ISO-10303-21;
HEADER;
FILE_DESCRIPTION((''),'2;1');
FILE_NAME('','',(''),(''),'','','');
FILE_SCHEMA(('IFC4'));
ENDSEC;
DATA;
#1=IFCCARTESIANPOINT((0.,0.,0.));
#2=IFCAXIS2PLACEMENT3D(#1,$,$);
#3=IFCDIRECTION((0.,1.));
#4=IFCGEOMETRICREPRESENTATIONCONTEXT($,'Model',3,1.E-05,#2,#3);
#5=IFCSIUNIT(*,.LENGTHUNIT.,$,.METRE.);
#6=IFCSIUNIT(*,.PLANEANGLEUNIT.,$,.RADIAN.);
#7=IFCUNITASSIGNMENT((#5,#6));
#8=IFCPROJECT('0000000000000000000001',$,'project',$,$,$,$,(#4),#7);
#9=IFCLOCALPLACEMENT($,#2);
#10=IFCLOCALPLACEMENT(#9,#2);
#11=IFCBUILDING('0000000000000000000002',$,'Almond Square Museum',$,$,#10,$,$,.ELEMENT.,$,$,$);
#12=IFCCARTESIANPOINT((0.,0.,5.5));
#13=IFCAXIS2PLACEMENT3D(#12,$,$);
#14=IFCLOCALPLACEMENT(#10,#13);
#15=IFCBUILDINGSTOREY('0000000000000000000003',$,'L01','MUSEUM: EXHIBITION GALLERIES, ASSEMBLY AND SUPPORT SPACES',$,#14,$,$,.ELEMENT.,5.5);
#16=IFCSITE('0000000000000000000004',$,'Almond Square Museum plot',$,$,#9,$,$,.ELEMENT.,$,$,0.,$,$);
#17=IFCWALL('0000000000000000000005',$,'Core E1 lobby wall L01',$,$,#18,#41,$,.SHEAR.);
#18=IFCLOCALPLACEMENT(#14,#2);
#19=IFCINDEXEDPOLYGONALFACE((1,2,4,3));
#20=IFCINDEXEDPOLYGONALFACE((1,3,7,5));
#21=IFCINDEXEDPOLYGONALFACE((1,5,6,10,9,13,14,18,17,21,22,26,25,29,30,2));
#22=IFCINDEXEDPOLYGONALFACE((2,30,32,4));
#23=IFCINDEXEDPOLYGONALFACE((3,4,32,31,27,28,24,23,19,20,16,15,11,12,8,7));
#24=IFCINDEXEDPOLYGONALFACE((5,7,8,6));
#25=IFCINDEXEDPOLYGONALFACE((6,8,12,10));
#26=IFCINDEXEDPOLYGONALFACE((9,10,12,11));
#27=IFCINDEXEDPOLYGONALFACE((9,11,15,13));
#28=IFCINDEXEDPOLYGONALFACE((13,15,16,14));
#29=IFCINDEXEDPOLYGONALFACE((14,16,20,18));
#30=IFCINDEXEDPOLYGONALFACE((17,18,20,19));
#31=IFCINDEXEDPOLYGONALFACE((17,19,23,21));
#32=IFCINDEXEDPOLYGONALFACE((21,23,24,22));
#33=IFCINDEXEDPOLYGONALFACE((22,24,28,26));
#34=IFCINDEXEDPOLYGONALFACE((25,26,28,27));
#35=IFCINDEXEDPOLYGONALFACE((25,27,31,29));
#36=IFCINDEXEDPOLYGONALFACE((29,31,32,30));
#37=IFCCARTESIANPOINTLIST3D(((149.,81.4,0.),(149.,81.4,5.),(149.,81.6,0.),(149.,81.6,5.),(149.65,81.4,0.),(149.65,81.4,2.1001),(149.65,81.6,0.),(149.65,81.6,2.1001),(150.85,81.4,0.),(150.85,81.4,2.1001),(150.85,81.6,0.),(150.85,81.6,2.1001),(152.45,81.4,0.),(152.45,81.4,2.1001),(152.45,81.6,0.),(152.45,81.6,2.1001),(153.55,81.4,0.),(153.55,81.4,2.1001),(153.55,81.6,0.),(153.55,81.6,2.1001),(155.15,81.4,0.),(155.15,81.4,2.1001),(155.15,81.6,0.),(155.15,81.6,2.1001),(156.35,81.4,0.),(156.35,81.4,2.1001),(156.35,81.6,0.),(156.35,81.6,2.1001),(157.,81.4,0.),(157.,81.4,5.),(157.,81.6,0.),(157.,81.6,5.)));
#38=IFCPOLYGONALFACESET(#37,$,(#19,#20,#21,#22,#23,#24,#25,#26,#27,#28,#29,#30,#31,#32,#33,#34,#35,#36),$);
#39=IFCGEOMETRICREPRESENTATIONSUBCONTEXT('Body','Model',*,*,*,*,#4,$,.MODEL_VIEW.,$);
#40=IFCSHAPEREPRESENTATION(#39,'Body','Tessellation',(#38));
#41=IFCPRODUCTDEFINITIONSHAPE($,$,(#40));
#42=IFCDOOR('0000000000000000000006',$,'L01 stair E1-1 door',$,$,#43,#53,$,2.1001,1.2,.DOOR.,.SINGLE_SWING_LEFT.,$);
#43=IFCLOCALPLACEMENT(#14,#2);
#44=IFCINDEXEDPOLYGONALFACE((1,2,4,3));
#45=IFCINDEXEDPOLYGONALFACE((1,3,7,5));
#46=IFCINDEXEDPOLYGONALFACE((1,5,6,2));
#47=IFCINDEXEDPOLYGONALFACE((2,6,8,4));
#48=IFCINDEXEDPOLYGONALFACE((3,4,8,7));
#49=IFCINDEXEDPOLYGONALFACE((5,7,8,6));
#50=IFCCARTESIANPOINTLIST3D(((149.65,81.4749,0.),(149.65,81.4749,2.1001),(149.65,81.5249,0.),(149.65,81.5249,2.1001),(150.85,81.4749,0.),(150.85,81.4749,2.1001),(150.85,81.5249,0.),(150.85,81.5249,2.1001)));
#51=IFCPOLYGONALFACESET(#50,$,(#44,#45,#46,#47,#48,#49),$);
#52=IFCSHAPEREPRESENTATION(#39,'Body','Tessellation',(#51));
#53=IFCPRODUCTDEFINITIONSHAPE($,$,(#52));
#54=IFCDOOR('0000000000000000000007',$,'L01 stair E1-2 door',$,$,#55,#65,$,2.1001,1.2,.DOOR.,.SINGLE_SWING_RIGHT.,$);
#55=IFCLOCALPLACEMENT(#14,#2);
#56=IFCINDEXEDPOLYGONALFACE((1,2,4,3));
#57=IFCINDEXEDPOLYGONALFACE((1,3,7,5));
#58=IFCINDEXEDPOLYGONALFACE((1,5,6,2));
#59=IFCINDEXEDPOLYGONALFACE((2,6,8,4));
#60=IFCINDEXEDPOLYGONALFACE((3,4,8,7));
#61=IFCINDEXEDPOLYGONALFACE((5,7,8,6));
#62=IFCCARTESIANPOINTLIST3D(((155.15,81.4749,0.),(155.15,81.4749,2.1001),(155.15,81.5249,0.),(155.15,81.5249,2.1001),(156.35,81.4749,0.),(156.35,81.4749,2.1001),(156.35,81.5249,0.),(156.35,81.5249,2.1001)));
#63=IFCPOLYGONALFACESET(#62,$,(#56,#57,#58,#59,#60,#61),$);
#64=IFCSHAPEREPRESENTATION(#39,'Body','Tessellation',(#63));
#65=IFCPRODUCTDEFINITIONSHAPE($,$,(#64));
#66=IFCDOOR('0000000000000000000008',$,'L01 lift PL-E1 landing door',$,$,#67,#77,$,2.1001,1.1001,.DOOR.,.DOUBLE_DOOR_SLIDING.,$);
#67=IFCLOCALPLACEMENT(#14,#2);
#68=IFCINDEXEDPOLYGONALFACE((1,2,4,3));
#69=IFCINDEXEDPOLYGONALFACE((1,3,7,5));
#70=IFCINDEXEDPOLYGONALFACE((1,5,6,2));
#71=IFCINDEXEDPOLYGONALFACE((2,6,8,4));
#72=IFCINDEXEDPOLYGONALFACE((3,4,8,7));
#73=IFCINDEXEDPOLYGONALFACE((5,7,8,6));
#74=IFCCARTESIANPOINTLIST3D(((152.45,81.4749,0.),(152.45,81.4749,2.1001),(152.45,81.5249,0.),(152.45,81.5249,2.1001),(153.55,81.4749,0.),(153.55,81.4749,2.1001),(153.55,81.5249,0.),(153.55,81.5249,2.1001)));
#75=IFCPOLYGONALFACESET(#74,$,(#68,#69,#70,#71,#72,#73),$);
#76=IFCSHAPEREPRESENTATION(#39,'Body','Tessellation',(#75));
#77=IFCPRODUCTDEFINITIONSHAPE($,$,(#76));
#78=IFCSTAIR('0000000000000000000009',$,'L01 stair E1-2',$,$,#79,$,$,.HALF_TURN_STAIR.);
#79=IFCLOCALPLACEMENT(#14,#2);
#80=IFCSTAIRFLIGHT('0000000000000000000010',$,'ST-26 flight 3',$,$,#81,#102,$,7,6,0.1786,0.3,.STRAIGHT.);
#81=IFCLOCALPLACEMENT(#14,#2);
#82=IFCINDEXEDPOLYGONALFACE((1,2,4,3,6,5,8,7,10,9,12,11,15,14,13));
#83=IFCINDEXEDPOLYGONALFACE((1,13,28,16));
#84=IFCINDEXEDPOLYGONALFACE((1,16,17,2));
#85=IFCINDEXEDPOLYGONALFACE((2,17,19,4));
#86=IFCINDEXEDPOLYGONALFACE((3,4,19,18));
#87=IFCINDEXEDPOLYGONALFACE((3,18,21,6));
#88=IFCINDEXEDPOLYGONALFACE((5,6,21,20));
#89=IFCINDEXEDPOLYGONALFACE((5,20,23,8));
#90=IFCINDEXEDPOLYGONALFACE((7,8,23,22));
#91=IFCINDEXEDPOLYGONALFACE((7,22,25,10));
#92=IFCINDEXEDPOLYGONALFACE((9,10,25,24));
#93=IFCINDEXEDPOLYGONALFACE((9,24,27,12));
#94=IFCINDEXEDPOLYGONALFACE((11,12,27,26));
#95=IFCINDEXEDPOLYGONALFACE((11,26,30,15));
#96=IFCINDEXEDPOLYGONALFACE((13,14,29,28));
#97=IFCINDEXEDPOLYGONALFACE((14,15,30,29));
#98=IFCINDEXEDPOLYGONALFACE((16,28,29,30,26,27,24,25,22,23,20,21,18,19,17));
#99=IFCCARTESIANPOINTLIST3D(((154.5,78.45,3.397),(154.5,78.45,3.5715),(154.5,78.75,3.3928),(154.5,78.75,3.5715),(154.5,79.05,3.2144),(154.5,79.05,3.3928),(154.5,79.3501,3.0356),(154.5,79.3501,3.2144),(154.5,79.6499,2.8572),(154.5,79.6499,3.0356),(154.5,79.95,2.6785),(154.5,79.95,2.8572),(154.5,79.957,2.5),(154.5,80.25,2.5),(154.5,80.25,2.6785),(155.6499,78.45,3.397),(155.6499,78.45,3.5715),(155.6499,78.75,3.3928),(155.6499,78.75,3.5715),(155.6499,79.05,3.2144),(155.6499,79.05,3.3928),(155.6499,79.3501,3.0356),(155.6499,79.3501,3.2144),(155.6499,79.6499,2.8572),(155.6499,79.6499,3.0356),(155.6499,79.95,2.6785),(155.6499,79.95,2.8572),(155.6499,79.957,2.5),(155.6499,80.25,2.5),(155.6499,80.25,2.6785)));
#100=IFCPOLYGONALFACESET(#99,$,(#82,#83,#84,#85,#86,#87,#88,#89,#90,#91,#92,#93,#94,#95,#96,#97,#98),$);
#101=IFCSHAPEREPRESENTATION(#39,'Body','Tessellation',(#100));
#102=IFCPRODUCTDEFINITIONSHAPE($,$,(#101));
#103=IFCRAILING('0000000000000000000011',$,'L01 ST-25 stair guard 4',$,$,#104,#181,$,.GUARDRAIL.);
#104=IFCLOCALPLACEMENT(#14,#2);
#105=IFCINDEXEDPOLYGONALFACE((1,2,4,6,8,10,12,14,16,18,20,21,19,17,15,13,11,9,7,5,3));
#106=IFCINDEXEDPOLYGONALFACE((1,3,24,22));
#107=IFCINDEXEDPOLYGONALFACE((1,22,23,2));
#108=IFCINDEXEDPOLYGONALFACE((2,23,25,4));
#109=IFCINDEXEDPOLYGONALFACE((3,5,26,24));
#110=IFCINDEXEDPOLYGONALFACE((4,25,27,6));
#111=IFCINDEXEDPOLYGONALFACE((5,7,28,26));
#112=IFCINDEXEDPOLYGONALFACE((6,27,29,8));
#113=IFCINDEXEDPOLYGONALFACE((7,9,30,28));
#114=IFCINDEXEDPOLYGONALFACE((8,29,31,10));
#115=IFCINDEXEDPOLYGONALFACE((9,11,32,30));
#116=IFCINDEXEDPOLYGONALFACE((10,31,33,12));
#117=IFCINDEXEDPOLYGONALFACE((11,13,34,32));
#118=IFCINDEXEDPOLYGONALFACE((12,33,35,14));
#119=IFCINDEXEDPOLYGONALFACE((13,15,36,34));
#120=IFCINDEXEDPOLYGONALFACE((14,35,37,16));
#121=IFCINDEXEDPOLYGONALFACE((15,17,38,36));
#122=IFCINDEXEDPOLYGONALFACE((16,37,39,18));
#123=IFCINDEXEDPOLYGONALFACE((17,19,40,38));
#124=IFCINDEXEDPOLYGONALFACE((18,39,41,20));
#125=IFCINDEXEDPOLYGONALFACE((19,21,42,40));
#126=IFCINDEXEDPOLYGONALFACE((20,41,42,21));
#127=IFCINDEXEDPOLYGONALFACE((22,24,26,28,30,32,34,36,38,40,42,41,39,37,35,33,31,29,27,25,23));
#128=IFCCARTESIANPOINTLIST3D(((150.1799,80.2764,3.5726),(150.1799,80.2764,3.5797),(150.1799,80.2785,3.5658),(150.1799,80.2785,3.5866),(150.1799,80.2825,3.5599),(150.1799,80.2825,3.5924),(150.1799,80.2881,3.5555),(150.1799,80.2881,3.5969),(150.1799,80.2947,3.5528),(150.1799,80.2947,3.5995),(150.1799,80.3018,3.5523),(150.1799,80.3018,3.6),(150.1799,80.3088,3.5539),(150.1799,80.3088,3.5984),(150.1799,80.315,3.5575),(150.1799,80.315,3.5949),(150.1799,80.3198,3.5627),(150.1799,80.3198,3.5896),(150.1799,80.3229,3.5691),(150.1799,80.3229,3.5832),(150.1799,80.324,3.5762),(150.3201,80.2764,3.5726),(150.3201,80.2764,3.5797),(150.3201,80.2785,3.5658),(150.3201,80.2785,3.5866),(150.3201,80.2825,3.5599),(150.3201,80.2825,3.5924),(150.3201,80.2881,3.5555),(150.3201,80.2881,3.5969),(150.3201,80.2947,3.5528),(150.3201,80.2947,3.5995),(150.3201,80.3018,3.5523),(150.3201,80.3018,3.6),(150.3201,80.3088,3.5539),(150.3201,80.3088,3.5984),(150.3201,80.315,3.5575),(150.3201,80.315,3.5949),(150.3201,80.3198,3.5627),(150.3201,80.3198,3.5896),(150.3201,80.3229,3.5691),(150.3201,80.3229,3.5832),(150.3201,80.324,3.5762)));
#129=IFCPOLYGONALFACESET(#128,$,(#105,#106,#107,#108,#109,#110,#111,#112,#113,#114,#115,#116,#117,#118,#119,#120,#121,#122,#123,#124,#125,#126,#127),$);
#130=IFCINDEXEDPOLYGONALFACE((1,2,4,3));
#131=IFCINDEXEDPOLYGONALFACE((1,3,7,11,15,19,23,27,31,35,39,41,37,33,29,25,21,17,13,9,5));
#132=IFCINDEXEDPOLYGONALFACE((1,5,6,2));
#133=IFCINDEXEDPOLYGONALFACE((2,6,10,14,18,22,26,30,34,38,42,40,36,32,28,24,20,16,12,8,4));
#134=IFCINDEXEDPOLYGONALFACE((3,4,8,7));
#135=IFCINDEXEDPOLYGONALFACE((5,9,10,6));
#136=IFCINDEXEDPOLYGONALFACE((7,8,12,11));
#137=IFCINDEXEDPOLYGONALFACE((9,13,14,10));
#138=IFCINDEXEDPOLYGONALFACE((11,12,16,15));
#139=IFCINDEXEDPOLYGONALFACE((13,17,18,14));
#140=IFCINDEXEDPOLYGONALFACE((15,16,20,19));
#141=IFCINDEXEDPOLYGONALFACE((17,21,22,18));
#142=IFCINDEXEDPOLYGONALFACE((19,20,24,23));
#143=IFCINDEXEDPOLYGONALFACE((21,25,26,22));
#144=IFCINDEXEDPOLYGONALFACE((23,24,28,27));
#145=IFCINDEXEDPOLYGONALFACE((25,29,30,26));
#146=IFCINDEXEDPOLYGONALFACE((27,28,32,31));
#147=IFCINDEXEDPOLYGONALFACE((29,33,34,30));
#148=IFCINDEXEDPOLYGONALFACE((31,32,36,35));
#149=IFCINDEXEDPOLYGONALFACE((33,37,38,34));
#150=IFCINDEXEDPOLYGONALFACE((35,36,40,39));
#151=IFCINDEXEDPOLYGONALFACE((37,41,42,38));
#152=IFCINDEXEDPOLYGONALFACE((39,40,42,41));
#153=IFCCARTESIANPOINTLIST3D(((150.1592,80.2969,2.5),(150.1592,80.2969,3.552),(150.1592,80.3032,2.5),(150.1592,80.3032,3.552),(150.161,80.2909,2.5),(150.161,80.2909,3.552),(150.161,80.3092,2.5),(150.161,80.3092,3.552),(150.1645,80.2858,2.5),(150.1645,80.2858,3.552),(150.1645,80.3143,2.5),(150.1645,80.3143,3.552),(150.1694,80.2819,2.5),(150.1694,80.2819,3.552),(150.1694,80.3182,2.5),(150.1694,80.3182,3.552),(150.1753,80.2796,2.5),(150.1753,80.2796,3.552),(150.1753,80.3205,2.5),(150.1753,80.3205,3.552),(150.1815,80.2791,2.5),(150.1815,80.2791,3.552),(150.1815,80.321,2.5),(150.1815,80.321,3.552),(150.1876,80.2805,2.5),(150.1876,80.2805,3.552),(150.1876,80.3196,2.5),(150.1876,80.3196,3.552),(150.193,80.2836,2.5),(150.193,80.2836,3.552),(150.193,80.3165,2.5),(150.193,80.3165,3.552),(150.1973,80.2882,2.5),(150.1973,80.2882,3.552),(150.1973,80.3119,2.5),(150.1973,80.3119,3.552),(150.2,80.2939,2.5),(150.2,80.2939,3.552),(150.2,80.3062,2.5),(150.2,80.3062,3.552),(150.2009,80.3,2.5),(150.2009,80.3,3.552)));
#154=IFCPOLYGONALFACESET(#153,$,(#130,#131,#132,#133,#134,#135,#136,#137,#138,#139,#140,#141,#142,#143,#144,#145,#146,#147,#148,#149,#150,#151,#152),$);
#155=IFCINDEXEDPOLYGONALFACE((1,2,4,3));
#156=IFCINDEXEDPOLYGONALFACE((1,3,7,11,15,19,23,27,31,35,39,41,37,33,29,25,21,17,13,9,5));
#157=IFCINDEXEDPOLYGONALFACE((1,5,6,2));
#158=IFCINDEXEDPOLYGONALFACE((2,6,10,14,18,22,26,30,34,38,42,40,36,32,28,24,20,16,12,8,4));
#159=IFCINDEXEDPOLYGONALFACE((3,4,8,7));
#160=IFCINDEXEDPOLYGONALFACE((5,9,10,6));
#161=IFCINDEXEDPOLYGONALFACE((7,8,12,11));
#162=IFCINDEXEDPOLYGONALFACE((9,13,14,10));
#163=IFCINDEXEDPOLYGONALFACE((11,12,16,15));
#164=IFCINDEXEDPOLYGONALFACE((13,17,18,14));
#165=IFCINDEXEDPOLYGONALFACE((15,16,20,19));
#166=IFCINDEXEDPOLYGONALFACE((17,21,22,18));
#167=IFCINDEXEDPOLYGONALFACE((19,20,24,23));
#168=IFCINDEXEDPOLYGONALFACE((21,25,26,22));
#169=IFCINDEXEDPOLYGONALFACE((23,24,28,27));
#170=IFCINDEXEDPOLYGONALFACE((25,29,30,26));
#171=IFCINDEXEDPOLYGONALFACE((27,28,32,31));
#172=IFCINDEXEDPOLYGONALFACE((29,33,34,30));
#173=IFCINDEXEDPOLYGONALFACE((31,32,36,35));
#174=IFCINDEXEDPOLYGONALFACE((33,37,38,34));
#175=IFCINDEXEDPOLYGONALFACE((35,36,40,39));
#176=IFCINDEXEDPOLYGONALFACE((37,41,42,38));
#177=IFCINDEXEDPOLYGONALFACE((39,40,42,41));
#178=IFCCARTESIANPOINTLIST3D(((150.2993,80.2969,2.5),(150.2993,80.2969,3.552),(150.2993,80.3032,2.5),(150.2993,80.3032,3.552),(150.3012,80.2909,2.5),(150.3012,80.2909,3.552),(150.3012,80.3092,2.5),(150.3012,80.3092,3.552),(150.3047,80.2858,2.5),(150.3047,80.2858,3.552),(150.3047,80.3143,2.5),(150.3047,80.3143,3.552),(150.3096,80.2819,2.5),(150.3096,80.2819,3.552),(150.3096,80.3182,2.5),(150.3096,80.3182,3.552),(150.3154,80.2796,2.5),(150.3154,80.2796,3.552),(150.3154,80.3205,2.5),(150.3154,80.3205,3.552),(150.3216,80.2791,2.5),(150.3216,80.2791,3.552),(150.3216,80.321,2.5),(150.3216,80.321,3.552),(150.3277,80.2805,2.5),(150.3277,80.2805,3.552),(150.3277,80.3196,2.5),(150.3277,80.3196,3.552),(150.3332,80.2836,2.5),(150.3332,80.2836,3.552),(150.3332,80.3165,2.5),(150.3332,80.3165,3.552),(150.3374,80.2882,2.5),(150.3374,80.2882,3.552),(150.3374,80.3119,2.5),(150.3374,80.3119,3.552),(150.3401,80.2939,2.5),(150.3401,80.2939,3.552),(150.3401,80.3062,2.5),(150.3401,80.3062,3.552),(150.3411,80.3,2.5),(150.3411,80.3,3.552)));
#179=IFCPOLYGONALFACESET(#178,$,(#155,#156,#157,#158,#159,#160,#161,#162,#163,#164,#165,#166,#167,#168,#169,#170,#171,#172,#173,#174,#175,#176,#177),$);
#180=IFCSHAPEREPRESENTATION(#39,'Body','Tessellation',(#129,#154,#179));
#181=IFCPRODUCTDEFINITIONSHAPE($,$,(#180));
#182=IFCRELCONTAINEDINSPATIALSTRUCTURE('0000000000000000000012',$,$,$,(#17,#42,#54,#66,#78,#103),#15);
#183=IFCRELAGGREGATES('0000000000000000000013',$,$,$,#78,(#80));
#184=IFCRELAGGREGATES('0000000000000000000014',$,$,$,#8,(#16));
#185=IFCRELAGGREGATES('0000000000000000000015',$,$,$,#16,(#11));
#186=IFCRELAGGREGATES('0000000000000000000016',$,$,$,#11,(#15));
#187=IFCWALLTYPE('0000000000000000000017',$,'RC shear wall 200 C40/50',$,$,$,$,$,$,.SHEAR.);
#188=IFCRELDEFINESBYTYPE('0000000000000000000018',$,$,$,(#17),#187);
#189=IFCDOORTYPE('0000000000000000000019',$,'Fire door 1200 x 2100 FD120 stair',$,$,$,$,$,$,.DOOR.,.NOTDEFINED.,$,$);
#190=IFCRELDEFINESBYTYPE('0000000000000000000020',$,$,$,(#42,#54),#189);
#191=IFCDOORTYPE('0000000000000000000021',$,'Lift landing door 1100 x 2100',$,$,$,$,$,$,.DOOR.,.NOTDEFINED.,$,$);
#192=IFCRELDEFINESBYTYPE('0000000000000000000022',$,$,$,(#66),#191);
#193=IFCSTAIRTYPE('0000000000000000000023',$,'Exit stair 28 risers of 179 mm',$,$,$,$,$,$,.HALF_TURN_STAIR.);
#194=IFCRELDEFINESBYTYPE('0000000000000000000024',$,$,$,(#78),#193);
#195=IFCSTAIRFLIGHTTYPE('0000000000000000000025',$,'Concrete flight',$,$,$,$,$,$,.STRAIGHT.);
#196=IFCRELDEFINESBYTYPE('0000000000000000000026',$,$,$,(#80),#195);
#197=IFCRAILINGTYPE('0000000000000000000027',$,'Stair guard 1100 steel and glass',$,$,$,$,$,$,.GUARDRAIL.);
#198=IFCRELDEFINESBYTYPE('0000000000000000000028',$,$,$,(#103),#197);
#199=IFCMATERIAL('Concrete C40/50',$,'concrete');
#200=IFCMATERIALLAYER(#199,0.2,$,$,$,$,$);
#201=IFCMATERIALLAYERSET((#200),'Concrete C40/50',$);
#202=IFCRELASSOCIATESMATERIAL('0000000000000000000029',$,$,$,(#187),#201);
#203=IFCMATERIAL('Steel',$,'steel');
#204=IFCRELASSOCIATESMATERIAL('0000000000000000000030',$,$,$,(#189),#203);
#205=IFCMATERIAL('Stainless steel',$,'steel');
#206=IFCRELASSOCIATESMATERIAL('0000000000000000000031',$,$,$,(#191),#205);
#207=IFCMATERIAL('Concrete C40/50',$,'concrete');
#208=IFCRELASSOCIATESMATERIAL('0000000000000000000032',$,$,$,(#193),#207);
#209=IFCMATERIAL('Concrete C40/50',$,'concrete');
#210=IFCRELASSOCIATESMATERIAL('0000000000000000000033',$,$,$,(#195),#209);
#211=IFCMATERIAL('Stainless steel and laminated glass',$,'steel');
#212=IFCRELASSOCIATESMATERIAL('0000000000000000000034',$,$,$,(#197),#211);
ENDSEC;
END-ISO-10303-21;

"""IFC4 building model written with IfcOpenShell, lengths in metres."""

from ifc_helpers import new_model, si_unit, direction, frame, frame_2d, origin, origin_2d, place, context, subcontext, project, spatial, polyline, rectangle, circle, outline, extrude, material, layer, layer_set, type_object, element, fill, aggregate, save


model = new_model("IFC4")

# Units and contexts
model_context = context("Model", 3, precision=1e-05, world=origin(), true_north=direction((0.0, 1.0)))
body_context = subcontext(model_context, "Body", "Model", "MODEL_VIEW")
ifc_project = project(units=[si_unit("LENGTHUNIT", "METRE"), si_unit("PLANEANGLEUNIT", "RADIAN")], contexts=[model_context])

# Site, building, storey
site_placement = place(None, origin())
site = spatial("IfcSite", under=ifc_project, at=site_placement, Name="Almond Square Museum plot", CompositionType="ELEMENT", RefElevation=0.0)
building_placement = place(site_placement, origin())
building = spatial("IfcBuilding", under=site, at=building_placement, Name="Almond Square Museum", CompositionType="ELEMENT")
storey_placement = place(building_placement, frame((0.0, 0.0, 5.5)))
storey = spatial("IfcBuildingStorey", under=building, at=storey_placement, Name="L01", Description="MUSEUM: EXHIBITION GALLERIES, ASSEMBLY AND SUPPORT SPACES", CompositionType="ELEMENT", Elevation=5.5)

# Wall, openings, doors
ifc_material_1 = material(Name="Concrete C40/50", Category="concrete")
ifc_layer_1 = layer(ifc_material_1, 0.2)
ifc_layer_set_1 = layer_set([ifc_layer_1], Name="Concrete C40/50")
wall_type_1 = type_object("IfcWallType", Name="RC shear wall 200 C40/50", PredefinedType="SHEAR", material=ifc_layer_set_1)
wall_1_placement = place(storey_placement, frame((149.0, 81.5, 0.0), z_axis=(0.0, 0.0, 1.0), x_axis=(1.0, 0.0, 0.0)))
wall_1 = element("IfcWall", 1, at=wall_1_placement, inside=storey, type_object=wall_type_1, Name="Core E1 lobby wall L01", PredefinedType="SHEAR", context=body_context, shape_type="SweptSolid", body=[
    extrude(rectangle(XDim=8.0, YDim=0.2, at=frame_2d((4.0, 0.0))), origin(), (0.0, 0.0, 1.0), 5.0),
])
opening_1_placement = place(wall_1_placement, frame((0.6499, 0.0, 0.0)))
opening_1 = element("IfcOpeningElement", 2, at=opening_1_placement, cuts=wall_1, PredefinedType="OPENING", context=body_context, shape_type="SweptSolid", body=[
    extrude(rectangle(XDim=1.2, YDim=2.1001, at=frame_2d((0.6001, 1.05))), frame((0.0, 0.1099, 0.0), z_axis=(0.0, -1.0, 0.0), x_axis=(1.0, 0.0, 0.0)), (0.0, 0.0, 1.0), 0.22),
])
opening_2_placement = place(wall_1_placement, frame((6.1499, 0.0, 0.0)))
opening_2 = element("IfcOpeningElement", 3, at=opening_2_placement, cuts=wall_1, PredefinedType="OPENING", context=body_context, shape_type="SweptSolid", body=[
    extrude(rectangle(XDim=1.2, YDim=2.1001, at=frame_2d((0.6001, 1.05))), frame((0.0, 0.1099, 0.0), z_axis=(0.0, -1.0, 0.0), x_axis=(1.0, 0.0, 0.0)), (0.0, 0.0, 1.0), 0.22),
])
opening_3_placement = place(wall_1_placement, frame((3.45, 0.0, 0.0)))
opening_3 = element("IfcOpeningElement", 4, at=opening_3_placement, cuts=wall_1, PredefinedType="OPENING", context=body_context, shape_type="SweptSolid", body=[
    extrude(rectangle(XDim=1.1001, YDim=2.1001, at=frame_2d((0.55, 1.05))), frame((0.0, 0.1099, 0.0), z_axis=(0.0, -1.0, 0.0), x_axis=(1.0, 0.0, 0.0)), (0.0, 0.0, 1.0), 0.22),
])
ifc_material_2 = material(Name="Steel", Category="steel")
door_type_1 = type_object("IfcDoorType", Name="Fire door 1200 x 2100 FD120 stair", OperationType="NOTDEFINED", PredefinedType="DOOR", material=ifc_material_2)
door_1_placement = place(opening_1_placement, origin())
door_1 = element("IfcDoor", 5, at=door_1_placement, inside=storey, type_object=door_type_1, Name="L01 stair E1-1 door", OperationType="SINGLE_SWING_LEFT", OverallHeight=2.1001, OverallWidth=1.2, PredefinedType="DOOR", context=body_context, shape_type="SweptSolid", body=[
    extrude(rectangle(XDim=1.2, YDim=2.1001, at=frame_2d((0.6001, 1.05))), frame((0.0, 0.0249, 0.0), z_axis=(0.0, -1.0, 0.0), x_axis=(1.0, 0.0, 0.0)), (0.0, 0.0, 1.0), 0.05),
])
fill(opening_1, door_1)
door_2_placement = place(opening_2_placement, origin())
door_2 = element("IfcDoor", 6, at=door_2_placement, inside=storey, type_object=door_type_1, Name="L01 stair E1-2 door", OperationType="SINGLE_SWING_RIGHT", OverallHeight=2.1001, OverallWidth=1.2, PredefinedType="DOOR", context=body_context, shape_type="SweptSolid", body=[
    extrude(rectangle(XDim=1.2, YDim=2.1001, at=frame_2d((0.6001, 1.05))), frame((0.0, 0.0249, 0.0), z_axis=(0.0, -1.0, 0.0), x_axis=(1.0, 0.0, 0.0)), (0.0, 0.0, 1.0), 0.05),
])
fill(opening_2, door_2)
ifc_material_3 = material(Name="Stainless steel", Category="steel")
door_type_2 = type_object("IfcDoorType", Name="Lift landing door 1100 x 2100", OperationType="NOTDEFINED", PredefinedType="DOOR", material=ifc_material_3)
door_3_placement = place(opening_3_placement, origin())
door_3 = element("IfcDoor", 7, at=door_3_placement, inside=storey, type_object=door_type_2, Name="L01 lift PL-E1 landing door", OperationType="DOUBLE_DOOR_SLIDING", OverallHeight=2.1001, OverallWidth=1.1001, PredefinedType="DOOR", context=body_context, shape_type="SweptSolid", body=[
    extrude(rectangle(XDim=1.1001, YDim=2.1001, at=frame_2d((0.55, 1.05))), frame((0.0, 0.0249, 0.0), z_axis=(0.0, -1.0, 0.0), x_axis=(1.0, 0.0, 0.0)), (0.0, 0.0, 1.0), 0.05),
])
fill(opening_3, door_3)

# Stair, stair flight
ifc_material_4 = material(Name="Concrete C40/50", Category="concrete")
stair_type = type_object("IfcStairType", Name="Exit stair 28 risers of 179 mm", PredefinedType="HALF_TURN_STAIR", material=ifc_material_4)
stair_placement = place(storey_placement, origin())
stair = element("IfcStair", 8, at=stair_placement, inside=storey, type_object=stair_type, Name="L01 stair E1-2", PredefinedType="HALF_TURN_STAIR")
ifc_material_5 = material(Name="Concrete C40/50", Category="concrete")
stair_flight_type = type_object("IfcStairFlightType", Name="Concrete flight", PredefinedType="STRAIGHT", material=ifc_material_5)
stair_flight_placement = place(storey_placement, frame((155.075, 80.25, 2.5), z_axis=(0.0, 0.0, 1.0), x_axis=(0.0, -1.0, 0.0)))
stair_flight = element("IfcStairFlight", 9, at=stair_flight_placement, type_object=stair_flight_type, Name="ST-26 flight 3", NumberOfRisers=7, NumberOfTreads=6, PredefinedType="STRAIGHT", RiserHeight=0.1786, TreadLength=0.3, context=body_context, shape_type="SweptSolid", body=[
    extrude(outline(polyline([(0.0, 0.0), (0.0, 0.1785), (0.3, 0.1785), (0.3, 0.3572), (0.6001, 0.3572), (0.6001, 0.5356), (0.8999, 0.5356), (0.8999, 0.7144), (1.2, 0.7144), (1.2, 0.8928), (1.5, 0.8928), (1.5, 1.0715), (1.8, 1.0715), (1.8, 1.25), (1.8, 0.897), (0.293, 0.0), (0.0, 0.0)])), frame((0.0, 0.575, 0.0), z_axis=(0.0, -1.0, 0.0), x_axis=(1.0, 0.0, 0.0)), (0.0, 0.0, 1.0), 1.1499),
])
aggregate(stair, [stair_flight])

# Railing
ifc_material_6 = material(Name="Stainless steel and laminated glass", Category="steel")
railing_type = type_object("IfcRailingType", Name="Stair guard 1100 steel and glass", PredefinedType="GUARDRAIL", material=ifc_material_6)
for number, where, name in (
    (10, (150.1799, 80.3, 2.5), "L01 ST-25 stair guard 4"),
):
    element("IfcRailing", number, at=place(storey_placement, frame(where)), inside=storey, type_object=railing_type, Name=name, PredefinedType="GUARDRAIL", context=body_context, shape_type="SweptSolid", body=[
        extrude(circle(Radius=0.0239, at=origin_2d()), frame((0.0, 0.0, 1.0762), z_axis=(1.0, 0.0, 0.0), x_axis=(0.0, 1.0, 0.0)), (0.0, 0.0, 1.0), 0.1401),
        extrude(circle(Radius=0.021, at=origin_2d()), origin(), (0.0, 0.0, 1.0), 1.052),
        extrude(circle(Radius=0.021, at=origin_2d()), frame((0.1401, 0.0, 0.0)), (0.0, 0.0, 1.0), 1.052),
    ])

save(model, "model.ifc")
